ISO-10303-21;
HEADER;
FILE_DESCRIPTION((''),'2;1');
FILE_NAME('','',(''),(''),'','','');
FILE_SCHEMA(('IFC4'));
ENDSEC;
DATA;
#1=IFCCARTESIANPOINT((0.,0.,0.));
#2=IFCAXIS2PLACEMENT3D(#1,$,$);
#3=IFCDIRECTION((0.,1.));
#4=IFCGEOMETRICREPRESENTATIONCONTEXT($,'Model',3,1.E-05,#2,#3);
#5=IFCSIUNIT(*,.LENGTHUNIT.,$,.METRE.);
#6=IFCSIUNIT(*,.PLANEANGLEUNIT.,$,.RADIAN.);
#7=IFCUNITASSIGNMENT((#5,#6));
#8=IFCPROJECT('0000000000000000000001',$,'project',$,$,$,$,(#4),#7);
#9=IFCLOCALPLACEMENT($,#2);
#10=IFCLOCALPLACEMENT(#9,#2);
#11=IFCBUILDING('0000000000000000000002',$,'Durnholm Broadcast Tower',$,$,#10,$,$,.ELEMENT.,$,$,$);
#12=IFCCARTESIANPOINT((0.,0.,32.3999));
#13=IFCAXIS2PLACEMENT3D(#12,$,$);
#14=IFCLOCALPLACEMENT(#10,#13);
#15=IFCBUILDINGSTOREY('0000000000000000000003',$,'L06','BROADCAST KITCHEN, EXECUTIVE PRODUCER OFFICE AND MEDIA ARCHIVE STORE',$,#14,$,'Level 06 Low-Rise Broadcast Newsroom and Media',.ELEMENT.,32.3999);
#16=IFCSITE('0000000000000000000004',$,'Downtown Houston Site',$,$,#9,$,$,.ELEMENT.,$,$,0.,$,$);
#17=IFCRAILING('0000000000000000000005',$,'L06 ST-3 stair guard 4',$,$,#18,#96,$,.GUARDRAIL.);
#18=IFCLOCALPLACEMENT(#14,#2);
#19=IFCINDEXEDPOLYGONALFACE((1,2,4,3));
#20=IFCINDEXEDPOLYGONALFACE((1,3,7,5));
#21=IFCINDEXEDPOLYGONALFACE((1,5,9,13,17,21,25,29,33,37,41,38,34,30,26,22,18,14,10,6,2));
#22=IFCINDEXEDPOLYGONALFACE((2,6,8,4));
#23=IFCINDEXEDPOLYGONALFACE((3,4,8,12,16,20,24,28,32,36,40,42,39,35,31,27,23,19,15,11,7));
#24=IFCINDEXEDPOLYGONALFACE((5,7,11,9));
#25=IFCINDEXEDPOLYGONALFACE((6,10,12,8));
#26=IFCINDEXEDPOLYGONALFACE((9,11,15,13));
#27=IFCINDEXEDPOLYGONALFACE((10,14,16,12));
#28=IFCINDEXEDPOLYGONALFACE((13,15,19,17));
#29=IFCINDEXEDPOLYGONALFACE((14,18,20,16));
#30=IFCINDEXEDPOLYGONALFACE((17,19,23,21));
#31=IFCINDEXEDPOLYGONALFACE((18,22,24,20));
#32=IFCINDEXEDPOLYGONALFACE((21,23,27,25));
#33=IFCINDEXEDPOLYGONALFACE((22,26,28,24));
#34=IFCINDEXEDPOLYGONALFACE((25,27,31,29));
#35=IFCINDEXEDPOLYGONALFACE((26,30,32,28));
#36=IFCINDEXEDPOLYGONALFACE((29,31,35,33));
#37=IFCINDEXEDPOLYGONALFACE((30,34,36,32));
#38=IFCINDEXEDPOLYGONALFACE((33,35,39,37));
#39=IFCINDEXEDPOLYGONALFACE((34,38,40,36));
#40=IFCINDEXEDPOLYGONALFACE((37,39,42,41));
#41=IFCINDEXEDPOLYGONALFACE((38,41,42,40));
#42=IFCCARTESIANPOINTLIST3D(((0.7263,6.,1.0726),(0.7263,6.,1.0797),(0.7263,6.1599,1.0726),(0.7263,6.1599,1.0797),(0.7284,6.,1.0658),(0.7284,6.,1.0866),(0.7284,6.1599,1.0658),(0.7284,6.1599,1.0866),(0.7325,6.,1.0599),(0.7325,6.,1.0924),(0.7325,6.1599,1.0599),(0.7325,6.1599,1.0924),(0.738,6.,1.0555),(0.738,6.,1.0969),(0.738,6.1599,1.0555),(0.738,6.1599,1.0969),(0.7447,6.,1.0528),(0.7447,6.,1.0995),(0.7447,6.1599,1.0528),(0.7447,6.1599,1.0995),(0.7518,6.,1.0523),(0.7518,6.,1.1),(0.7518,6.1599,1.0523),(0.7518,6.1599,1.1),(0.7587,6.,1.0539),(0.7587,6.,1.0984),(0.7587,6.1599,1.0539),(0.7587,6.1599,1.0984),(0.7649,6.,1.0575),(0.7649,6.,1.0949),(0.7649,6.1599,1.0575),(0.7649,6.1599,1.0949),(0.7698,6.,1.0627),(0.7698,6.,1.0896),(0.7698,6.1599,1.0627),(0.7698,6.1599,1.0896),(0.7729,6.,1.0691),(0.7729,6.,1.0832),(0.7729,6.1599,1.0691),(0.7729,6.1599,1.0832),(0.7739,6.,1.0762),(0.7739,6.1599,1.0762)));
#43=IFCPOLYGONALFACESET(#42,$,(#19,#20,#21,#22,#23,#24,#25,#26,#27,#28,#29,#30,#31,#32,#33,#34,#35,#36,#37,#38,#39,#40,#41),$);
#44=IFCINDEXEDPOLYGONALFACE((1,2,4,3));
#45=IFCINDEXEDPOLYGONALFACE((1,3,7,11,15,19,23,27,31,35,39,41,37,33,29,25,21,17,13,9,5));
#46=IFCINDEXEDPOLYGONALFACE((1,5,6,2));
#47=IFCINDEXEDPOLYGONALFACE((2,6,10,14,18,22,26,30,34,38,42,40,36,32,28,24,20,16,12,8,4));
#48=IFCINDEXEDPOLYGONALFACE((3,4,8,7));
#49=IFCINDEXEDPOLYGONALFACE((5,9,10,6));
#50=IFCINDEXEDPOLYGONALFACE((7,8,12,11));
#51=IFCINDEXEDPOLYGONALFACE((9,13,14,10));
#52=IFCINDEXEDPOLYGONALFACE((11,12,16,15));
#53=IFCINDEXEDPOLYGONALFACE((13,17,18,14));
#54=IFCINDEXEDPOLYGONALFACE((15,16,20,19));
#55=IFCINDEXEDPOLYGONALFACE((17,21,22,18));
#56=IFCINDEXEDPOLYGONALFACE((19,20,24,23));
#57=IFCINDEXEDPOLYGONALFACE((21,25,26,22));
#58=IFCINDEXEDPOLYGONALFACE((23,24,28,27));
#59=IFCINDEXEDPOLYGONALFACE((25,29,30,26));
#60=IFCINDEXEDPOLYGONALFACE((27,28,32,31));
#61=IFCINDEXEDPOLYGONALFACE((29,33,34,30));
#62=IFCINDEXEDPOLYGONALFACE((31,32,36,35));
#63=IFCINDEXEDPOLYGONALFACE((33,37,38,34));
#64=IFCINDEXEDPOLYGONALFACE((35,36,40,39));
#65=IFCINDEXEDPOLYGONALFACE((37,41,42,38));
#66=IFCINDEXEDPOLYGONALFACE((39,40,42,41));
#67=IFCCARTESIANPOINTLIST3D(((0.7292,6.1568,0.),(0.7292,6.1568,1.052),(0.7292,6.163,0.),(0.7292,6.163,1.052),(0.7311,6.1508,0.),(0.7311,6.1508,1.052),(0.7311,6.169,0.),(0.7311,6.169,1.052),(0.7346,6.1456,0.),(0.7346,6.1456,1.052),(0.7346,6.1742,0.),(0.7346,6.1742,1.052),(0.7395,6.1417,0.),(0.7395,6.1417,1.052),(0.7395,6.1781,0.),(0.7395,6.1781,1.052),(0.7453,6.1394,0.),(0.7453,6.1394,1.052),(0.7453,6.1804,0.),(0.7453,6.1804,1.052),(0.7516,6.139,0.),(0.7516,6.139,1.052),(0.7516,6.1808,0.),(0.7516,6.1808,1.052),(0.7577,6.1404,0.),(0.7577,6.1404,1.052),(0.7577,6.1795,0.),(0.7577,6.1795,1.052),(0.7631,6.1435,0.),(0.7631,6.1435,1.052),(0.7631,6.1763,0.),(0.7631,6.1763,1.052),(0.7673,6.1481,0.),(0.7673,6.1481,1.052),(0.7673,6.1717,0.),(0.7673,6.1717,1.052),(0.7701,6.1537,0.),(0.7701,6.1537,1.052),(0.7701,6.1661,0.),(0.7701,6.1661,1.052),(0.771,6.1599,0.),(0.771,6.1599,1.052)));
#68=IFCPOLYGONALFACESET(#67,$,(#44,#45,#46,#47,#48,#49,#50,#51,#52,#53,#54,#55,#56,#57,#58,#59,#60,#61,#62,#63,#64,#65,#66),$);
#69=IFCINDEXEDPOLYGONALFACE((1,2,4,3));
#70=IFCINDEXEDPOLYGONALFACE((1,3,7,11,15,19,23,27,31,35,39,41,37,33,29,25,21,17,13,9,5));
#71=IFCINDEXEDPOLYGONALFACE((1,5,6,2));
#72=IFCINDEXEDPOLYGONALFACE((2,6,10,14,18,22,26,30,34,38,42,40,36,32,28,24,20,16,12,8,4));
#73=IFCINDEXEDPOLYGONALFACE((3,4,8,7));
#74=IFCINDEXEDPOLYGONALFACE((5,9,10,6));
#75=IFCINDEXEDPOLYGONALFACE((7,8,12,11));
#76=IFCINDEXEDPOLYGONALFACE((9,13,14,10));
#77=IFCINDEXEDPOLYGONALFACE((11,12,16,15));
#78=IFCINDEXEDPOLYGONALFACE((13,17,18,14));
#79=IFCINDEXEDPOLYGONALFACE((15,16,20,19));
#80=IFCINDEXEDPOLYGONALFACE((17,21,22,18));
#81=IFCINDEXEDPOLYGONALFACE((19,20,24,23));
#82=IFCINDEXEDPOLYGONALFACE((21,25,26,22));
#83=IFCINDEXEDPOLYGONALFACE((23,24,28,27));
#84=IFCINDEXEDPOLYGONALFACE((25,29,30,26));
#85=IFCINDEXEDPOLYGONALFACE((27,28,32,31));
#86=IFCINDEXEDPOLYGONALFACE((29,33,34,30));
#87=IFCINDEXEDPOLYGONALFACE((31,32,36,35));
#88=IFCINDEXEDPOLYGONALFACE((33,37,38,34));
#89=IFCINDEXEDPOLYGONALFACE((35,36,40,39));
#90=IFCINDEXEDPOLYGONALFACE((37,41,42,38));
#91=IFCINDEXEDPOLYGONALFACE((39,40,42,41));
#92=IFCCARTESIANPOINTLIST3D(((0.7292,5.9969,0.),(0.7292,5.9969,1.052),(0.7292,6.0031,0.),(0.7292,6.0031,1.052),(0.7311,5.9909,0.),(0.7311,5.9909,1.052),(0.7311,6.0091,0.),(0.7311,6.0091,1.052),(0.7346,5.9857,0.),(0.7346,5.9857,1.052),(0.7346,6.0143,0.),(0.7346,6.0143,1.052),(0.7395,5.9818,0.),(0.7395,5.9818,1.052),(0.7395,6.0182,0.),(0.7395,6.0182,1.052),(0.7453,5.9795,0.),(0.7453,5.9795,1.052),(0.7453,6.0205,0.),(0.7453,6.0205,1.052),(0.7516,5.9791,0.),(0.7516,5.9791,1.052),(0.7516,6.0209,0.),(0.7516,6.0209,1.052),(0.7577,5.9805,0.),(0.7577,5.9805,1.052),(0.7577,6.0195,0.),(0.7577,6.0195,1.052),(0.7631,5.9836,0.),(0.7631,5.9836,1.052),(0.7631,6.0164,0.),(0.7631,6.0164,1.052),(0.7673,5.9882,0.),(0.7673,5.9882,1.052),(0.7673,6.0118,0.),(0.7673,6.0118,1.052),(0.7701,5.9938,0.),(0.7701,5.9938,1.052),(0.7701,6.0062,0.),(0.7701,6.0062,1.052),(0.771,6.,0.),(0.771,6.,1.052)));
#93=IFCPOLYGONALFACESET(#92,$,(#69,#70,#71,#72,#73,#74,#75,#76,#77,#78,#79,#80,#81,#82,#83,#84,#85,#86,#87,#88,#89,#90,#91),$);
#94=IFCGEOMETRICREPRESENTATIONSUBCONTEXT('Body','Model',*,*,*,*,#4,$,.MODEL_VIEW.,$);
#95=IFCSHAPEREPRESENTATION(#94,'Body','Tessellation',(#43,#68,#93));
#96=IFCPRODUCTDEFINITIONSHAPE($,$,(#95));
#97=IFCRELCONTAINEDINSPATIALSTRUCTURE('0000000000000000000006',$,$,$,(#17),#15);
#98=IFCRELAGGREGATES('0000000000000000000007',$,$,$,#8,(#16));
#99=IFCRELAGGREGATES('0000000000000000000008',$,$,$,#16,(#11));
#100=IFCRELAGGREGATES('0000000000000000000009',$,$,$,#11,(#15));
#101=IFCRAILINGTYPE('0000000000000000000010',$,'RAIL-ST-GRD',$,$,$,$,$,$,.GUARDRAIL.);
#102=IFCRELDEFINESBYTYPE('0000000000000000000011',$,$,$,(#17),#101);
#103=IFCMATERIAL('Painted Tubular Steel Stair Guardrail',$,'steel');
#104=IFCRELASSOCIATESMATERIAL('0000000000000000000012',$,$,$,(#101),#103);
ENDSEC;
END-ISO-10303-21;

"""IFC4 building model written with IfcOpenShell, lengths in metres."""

from ifc_helpers import new_model, si_unit, direction, frame, origin, origin_2d, place, context, subcontext, project, spatial, circle, extrude, material, type_object, element, save


model = new_model("IFC4")

# Units and contexts
model_context = context("Model", 3, precision=1e-05, world=origin(), true_north=direction((0.0, 1.0)))
body_context = subcontext(model_context, "Body", "Model", "MODEL_VIEW")
ifc_project = project(units=[si_unit("LENGTHUNIT", "METRE"), si_unit("PLANEANGLEUNIT", "RADIAN")], contexts=[model_context])

# Site, building, storey
site_placement = place(None, origin())
site = spatial("IfcSite", under=ifc_project, at=site_placement, Name="Downtown Houston Site", CompositionType="ELEMENT", RefElevation=0.0)
building_placement = place(site_placement, origin())
building = spatial("IfcBuilding", under=site, at=building_placement, Name="Durnholm Broadcast Tower", CompositionType="ELEMENT")
storey_placement = place(building_placement, frame((0.0, 0.0, 32.3999)))
storey = spatial("IfcBuildingStorey", under=building, at=storey_placement, Name="L06", Description="BROADCAST KITCHEN, EXECUTIVE PRODUCER OFFICE AND MEDIA ARCHIVE STORE", LongName="Level 06 Low-Rise Broadcast Newsroom and Media", CompositionType="ELEMENT", Elevation=32.3999)

# Railing
ifc_material_1 = material(Name="Painted Tubular Steel Stair Guardrail", Category="steel")
railing_type_1 = type_object("IfcRailingType", Name="RAIL-ST-GRD", PredefinedType="GUARDRAIL", material=ifc_material_1)
railing_1_placement = place(storey_placement, frame((0.75, 6.1599, 0.0)))
element("IfcRailing", 1, at=railing_1_placement, inside=storey, type_object=railing_type_1, Name="L06 ST-3 stair guard 4", PredefinedType="GUARDRAIL", context=body_context, shape_type="SweptSolid", body=[
    extrude(circle(Radius=0.0239, at=origin_2d()), frame((0.0, 0.0, 1.0762), z_axis=(0.0, -1.0, 0.0), x_axis=(1.0, 0.0, 0.0)), (0.0, 0.0, 1.0), 0.1599),
    extrude(circle(Radius=0.021, at=origin_2d()), origin(), (0.0, 0.0, 1.0), 1.052),
    extrude(circle(Radius=0.021, at=origin_2d()), frame((0.0, -0.1599, 0.0)), (0.0, 0.0, 1.0), 1.052),
])

save(model, "model.ifc")
